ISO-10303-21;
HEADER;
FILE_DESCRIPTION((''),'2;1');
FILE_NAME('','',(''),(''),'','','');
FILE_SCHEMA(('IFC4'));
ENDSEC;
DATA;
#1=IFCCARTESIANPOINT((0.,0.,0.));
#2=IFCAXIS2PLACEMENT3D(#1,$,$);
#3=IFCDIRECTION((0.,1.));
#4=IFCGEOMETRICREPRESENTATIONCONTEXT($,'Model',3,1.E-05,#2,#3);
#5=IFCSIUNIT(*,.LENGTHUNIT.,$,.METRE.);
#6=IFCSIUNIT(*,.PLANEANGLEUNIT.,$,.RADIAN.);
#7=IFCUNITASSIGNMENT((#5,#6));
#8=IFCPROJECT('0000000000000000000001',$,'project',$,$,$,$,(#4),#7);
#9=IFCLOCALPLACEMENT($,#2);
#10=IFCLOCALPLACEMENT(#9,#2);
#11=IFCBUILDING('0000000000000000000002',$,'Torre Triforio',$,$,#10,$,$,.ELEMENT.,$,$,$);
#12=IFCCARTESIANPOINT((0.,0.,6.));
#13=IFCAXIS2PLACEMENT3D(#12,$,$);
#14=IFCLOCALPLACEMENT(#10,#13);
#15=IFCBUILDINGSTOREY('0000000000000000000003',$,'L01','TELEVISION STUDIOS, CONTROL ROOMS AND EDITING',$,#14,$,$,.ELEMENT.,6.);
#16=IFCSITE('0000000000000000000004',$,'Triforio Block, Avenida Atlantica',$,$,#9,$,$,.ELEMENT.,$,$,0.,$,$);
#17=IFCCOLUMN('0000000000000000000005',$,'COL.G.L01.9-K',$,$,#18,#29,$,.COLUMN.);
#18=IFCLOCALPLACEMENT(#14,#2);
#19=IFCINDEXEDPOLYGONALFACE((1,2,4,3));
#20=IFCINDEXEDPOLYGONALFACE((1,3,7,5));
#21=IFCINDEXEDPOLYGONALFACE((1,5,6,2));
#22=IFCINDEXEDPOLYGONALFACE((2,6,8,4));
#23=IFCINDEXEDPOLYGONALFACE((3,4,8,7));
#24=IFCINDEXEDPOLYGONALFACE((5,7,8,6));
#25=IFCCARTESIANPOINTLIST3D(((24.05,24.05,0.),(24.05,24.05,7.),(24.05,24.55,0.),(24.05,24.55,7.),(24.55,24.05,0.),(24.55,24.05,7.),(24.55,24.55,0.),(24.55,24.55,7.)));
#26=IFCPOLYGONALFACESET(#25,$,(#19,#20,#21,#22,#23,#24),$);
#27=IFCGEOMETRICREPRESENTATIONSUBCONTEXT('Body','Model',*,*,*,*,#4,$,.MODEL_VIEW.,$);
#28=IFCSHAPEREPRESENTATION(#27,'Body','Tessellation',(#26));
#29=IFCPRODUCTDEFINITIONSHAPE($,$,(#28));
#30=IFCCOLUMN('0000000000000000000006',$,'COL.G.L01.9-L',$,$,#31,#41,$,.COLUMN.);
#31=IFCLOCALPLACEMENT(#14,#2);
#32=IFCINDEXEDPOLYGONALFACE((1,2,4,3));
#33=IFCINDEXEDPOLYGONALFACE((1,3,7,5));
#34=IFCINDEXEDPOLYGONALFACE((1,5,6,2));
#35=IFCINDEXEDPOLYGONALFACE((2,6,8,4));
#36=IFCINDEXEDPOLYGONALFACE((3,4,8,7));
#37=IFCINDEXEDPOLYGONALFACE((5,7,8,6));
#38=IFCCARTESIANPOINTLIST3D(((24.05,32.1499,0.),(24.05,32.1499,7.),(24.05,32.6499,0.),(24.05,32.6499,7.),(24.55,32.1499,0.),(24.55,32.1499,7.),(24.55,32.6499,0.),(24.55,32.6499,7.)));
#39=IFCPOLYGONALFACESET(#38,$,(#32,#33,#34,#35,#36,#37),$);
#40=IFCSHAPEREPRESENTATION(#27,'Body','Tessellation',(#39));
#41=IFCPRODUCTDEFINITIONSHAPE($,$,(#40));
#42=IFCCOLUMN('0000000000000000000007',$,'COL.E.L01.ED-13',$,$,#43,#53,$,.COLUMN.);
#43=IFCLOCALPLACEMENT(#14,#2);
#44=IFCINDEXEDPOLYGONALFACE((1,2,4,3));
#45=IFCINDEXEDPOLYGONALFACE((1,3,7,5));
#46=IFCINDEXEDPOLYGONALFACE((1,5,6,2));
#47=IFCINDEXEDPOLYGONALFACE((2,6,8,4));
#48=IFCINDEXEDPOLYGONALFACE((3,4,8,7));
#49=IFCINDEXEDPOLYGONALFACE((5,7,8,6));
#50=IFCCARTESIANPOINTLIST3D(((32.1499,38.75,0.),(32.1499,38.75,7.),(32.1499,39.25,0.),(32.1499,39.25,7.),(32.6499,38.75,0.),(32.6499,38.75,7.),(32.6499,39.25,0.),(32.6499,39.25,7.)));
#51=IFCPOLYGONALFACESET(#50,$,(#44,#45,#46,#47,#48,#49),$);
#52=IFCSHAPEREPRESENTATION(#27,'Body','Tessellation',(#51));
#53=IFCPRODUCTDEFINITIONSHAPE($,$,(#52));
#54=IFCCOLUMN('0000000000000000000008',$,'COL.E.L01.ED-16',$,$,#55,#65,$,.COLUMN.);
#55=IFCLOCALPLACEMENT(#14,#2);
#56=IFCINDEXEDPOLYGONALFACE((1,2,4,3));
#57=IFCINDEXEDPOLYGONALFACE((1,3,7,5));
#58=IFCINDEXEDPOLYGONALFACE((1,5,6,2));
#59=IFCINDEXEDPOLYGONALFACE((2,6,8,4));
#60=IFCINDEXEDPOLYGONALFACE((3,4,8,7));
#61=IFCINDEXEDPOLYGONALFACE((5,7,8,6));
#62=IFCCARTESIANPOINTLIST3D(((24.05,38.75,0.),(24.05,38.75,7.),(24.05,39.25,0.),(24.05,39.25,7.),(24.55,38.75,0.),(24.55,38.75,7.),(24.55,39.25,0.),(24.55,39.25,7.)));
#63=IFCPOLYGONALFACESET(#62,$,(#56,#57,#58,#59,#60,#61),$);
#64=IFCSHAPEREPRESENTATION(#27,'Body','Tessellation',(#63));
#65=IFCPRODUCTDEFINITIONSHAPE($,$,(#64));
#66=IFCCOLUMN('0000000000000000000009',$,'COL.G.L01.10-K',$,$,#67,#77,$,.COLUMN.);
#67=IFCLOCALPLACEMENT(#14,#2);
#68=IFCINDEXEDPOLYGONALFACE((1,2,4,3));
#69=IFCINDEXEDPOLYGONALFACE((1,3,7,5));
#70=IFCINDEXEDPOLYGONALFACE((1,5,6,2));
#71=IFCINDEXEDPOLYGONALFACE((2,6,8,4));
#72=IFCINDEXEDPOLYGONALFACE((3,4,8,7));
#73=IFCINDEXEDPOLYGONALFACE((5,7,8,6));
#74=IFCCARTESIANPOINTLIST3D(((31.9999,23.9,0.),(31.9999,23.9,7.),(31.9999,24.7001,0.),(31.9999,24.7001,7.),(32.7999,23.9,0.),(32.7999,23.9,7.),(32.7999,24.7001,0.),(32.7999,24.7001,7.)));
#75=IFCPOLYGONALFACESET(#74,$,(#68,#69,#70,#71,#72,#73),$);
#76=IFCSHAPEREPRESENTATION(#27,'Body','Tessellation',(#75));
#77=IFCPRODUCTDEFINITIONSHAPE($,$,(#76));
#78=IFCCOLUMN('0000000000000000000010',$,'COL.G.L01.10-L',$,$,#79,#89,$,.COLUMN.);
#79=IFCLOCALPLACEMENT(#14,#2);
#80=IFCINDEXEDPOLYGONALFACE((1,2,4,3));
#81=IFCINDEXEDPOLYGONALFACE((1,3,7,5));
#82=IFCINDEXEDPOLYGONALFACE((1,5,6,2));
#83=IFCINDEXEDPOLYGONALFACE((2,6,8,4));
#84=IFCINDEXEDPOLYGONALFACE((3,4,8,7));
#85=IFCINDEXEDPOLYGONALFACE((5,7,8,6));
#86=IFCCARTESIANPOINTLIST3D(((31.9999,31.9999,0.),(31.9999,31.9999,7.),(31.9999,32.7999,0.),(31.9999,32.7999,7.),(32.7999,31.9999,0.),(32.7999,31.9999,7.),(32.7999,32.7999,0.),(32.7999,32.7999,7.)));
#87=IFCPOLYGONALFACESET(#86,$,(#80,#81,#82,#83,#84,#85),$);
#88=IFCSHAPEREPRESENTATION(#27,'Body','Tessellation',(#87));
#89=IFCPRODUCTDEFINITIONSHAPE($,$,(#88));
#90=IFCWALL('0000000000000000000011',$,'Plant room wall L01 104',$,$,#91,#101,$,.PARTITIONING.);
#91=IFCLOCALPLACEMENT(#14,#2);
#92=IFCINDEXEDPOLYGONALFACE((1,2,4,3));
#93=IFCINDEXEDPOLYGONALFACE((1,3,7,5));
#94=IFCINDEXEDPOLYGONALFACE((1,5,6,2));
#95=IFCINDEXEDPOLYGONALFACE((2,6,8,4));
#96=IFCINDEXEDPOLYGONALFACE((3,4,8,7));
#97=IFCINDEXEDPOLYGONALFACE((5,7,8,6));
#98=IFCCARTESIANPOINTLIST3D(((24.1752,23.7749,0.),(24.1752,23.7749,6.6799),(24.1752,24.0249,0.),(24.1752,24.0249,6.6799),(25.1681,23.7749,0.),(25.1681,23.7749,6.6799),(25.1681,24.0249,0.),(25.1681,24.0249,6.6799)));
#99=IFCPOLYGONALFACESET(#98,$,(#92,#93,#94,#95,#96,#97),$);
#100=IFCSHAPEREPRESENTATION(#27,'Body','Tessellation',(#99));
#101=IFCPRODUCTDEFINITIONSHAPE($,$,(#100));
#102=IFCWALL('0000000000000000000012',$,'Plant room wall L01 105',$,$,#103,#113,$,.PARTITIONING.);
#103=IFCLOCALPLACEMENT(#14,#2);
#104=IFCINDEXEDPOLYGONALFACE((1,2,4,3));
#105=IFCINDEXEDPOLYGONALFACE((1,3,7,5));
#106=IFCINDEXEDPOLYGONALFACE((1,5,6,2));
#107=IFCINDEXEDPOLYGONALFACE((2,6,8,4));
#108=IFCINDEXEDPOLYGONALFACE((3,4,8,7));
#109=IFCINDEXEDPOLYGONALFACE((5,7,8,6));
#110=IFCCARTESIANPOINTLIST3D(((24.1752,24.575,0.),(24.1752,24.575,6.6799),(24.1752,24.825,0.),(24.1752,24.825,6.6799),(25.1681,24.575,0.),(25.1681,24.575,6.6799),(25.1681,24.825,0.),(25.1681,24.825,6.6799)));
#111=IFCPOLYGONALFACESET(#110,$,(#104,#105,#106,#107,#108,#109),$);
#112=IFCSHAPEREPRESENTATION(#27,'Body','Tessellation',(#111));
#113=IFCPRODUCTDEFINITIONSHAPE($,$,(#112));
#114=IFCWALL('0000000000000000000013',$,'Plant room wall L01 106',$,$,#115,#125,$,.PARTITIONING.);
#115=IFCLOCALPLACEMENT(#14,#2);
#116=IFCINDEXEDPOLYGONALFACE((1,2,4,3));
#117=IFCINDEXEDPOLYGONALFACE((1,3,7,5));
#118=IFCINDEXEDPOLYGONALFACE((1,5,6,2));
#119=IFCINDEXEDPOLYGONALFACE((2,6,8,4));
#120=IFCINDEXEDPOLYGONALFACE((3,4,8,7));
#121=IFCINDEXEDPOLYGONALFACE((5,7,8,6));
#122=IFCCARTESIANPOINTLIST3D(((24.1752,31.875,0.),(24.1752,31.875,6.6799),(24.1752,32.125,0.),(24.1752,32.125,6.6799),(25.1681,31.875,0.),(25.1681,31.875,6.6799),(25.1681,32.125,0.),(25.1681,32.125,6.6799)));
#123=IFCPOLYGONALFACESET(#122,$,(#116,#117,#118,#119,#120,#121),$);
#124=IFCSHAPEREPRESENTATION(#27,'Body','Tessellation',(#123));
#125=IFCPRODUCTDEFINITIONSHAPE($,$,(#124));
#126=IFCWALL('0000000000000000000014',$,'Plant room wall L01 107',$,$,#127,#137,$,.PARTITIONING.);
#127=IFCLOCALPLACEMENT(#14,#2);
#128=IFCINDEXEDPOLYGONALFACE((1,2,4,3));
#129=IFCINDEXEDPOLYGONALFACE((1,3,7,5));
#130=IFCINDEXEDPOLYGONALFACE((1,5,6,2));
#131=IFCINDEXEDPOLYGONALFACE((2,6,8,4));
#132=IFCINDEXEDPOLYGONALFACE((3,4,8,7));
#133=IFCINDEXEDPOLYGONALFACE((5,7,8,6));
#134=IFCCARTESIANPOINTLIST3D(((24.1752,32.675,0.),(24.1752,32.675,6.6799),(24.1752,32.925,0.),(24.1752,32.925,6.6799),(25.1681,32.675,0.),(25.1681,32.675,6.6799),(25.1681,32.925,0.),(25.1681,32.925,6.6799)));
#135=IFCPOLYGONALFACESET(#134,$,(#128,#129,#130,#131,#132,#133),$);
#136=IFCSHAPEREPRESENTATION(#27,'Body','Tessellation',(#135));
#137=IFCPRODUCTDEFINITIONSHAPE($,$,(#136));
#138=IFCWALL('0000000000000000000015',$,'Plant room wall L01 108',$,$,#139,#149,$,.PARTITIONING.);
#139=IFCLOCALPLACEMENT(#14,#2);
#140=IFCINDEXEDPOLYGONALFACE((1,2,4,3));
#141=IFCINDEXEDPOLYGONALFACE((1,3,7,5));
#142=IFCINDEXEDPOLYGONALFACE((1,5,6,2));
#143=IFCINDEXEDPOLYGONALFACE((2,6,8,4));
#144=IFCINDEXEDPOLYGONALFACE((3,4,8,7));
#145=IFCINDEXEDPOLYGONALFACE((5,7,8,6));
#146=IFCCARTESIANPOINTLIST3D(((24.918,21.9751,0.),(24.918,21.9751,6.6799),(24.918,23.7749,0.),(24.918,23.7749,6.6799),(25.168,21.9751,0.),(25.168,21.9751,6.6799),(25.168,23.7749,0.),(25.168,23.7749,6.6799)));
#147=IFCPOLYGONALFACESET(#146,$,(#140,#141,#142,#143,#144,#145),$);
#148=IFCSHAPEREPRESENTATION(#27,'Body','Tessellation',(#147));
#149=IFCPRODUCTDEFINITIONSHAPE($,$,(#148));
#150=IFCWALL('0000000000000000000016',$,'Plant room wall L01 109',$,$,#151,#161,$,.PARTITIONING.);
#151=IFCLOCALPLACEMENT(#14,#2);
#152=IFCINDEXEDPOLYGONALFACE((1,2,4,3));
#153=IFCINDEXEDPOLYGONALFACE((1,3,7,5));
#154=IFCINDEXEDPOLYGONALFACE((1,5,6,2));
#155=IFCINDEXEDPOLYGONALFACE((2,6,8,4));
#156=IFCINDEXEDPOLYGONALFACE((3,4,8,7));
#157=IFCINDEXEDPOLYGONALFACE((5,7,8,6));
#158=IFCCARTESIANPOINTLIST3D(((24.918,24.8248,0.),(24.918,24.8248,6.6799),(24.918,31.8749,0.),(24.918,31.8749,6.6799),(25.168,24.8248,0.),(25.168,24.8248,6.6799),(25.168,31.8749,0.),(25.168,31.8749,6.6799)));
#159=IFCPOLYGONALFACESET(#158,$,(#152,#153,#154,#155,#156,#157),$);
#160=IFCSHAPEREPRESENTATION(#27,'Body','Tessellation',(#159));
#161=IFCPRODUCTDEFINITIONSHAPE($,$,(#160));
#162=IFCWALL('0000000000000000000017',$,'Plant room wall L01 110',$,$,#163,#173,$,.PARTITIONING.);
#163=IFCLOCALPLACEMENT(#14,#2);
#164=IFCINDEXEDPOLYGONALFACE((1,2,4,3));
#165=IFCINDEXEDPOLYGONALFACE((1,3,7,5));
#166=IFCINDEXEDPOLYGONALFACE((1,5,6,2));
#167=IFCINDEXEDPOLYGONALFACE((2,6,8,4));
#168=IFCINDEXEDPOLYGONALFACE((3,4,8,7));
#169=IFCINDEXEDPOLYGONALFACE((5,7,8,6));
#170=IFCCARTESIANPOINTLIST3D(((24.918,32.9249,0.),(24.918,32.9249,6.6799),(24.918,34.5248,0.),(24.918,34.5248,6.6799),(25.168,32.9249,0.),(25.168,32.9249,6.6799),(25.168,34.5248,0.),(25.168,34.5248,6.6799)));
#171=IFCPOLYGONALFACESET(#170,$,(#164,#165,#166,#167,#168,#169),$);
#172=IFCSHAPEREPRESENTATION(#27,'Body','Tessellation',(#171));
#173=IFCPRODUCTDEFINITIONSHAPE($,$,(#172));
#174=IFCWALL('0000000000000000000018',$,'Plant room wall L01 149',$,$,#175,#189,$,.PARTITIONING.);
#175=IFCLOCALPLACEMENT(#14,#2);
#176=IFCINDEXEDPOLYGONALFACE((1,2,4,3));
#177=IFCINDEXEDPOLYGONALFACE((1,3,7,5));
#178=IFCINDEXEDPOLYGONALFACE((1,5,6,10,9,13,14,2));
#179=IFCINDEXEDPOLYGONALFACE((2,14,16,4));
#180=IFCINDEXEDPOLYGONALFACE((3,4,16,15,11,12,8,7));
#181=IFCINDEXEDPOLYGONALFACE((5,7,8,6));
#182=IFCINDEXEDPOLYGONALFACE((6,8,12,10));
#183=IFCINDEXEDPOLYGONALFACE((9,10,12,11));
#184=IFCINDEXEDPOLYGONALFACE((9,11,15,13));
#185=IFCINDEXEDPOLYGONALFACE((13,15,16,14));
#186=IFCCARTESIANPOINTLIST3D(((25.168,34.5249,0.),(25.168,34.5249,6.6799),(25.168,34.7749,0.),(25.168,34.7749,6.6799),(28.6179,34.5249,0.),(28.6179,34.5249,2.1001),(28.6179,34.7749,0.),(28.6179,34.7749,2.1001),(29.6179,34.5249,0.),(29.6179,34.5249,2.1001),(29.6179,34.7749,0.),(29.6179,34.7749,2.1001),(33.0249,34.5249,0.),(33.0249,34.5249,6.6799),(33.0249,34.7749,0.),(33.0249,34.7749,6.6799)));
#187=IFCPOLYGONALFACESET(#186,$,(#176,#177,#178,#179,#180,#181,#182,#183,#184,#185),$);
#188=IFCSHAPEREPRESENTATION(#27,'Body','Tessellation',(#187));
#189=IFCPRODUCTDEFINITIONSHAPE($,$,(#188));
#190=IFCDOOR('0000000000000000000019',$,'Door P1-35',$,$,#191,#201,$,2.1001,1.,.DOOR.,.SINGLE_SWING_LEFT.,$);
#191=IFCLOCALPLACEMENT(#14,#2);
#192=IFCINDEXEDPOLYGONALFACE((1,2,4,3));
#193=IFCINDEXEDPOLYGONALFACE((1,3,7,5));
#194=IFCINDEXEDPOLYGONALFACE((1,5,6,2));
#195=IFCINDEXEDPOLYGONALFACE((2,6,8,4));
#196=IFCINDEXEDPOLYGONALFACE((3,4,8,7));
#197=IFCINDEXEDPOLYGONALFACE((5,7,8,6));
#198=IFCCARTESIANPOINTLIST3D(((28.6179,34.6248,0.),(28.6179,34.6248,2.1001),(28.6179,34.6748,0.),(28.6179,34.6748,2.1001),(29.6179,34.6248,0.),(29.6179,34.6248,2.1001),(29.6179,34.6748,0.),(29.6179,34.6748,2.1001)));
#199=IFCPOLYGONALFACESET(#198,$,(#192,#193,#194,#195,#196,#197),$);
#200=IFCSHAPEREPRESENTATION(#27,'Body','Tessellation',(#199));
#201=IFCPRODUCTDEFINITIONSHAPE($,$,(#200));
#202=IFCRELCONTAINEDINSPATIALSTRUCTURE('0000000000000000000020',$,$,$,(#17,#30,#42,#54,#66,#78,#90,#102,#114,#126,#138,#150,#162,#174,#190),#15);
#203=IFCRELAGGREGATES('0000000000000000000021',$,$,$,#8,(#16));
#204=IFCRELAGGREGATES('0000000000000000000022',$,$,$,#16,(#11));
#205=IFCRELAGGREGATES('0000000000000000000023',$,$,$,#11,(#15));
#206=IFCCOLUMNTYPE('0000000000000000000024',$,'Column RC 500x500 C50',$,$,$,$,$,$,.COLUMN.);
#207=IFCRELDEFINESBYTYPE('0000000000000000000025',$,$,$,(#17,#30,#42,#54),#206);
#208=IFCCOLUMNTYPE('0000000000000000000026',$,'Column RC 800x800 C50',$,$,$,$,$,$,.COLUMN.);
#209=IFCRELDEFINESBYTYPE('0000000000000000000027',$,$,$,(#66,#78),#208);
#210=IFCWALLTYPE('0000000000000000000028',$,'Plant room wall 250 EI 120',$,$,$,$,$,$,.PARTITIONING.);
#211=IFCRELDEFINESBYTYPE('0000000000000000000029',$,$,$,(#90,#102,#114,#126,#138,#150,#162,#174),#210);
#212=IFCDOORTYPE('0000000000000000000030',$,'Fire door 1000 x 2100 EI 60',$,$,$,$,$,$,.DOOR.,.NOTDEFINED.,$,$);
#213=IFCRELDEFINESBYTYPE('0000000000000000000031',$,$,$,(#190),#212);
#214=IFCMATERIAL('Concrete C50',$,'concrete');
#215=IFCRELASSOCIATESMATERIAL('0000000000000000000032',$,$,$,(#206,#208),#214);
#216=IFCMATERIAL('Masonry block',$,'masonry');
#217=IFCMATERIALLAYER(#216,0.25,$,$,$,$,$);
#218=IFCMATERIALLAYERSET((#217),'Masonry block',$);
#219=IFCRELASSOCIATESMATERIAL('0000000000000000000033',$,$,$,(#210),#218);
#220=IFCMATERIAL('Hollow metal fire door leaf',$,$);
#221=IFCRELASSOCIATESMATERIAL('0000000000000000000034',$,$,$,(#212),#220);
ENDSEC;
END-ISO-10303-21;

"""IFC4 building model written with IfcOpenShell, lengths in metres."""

from ifc_helpers import new_model, si_unit, direction, frame, frame_2d, origin, origin_2d, place, context, subcontext, project, spatial, rectangle, extrude, material, layer, layer_set, material_profile, profile_set, type_object, element, fill, save


model = new_model("IFC4")

# Units and contexts
model_context = context("Model", 3, precision=1e-05, world=origin(), true_north=direction((0.0, 1.0)))
body_context = subcontext(model_context, "Body", "Model", "MODEL_VIEW")
ifc_project = project(units=[si_unit("LENGTHUNIT", "METRE"), si_unit("PLANEANGLEUNIT", "RADIAN")], contexts=[model_context])

# Site, building, storey
site_placement = place(None, origin())
site = spatial("IfcSite", under=ifc_project, at=site_placement, Name="Triforio Block, Avenida Atlantica", CompositionType="ELEMENT", RefElevation=0.0)
building_placement = place(site_placement, origin())
building = spatial("IfcBuilding", under=site, at=building_placement, Name="Torre Triforio", CompositionType="ELEMENT")
storey_placement = place(building_placement, frame((0.0, 0.0, 6.0)))
storey = spatial("IfcBuildingStorey", under=building, at=storey_placement, Name="L01", Description="TELEVISION STUDIOS, CONTROL ROOMS AND EDITING", CompositionType="ELEMENT", Elevation=6.0)

# Columns
ifc_material_1 = material(Name="Concrete C50", Category="concrete")
ifc_material_profile_1 = material_profile(ifc_material_1, rectangle(XDim=0.5, YDim=0.5, at=origin_2d()), Name="RC 500x500")
ifc_profile_set_1 = profile_set([ifc_material_profile_1], Name="Concrete C50")
column_type_1 = type_object("IfcColumnType", Name="Column RC 500x500 C50", PredefinedType="COLUMN", material=ifc_profile_set_1)
for number, where, z_axis, x_axis, name in (
    (1, (24.3, 24.3, 0.0), (0.0, 0.0, 1.0), (1.0, 0.0, 0.0), "COL.G.L01.9-K"),
    (2, (24.3, 32.3999, 0.0), (0.0, 0.0, 1.0), (1.0, 0.0, 0.0), "COL.G.L01.9-L"),
    (3, (32.3999, 39.0, 0.0), (0.0, 0.0, 1.0), (1.0, 0.0, 0.0), "COL.E.L01.ED-13"),
    (4, (24.3, 39.0, 0.0), (0.0, 0.0, 1.0), (1.0, 0.0, 0.0), "COL.E.L01.ED-16"),
):
    element("IfcColumn", number, at=place(storey_placement, frame(where, z_axis=z_axis, x_axis=x_axis)), inside=storey, type_object=column_type_1, Name=name, PredefinedType="COLUMN", context=body_context, shape_type="SweptSolid", body=[
        extrude(rectangle(XDim=0.5, YDim=0.5, at=origin_2d()), origin(), (0.0, 0.0, 1.0), 7.0),
    ])
ifc_material_profile_2 = material_profile(ifc_material_1, rectangle(XDim=0.8, YDim=0.8, at=origin_2d()), Name="RC 800x800")
ifc_profile_set_2 = profile_set([ifc_material_profile_2], Name="Concrete C50")
column_type_2 = type_object("IfcColumnType", Name="Column RC 800x800 C50", PredefinedType="COLUMN", material=ifc_profile_set_2)
for number, where, z_axis, x_axis, name in (
    (5, (32.3999, 24.3, 0.0), (0.0, 0.0, 1.0), (1.0, 0.0, 0.0), "COL.G.L01.10-K"),
    (6, (32.3999, 32.3999, 0.0), (0.0, 0.0, 1.0), (1.0, 0.0, 0.0), "COL.G.L01.10-L"),
):
    element("IfcColumn", number, at=place(storey_placement, frame(where, z_axis=z_axis, x_axis=x_axis)), inside=storey, type_object=column_type_2, Name=name, PredefinedType="COLUMN", context=body_context, shape_type="SweptSolid", body=[
        extrude(rectangle(XDim=0.8, YDim=0.8, at=origin_2d()), origin(), (0.0, 0.0, 1.0), 7.0),
    ])

# Walls
ifc_material_2 = material(Name="Masonry block", Category="masonry")
ifc_layer_1 = layer(ifc_material_2, 0.25)
ifc_layer_set_1 = layer_set([ifc_layer_1], Name="Masonry block")
wall_type_1 = type_object("IfcWallType", Name="Plant room wall 250 EI 120", PredefinedType="PARTITIONING", material=ifc_layer_set_1)
for number, where, z_axis, x_axis, name in (
    (7, (24.175, 23.8999, 0.0), (0.0, 0.0, 1.0), (1.0, 0.0, 0.0), "Plant room wall L01 104"),
    (8, (24.175, 24.7, 0.0), (0.0, 0.0, 1.0), (1.0, 0.0, 0.0), "Plant room wall L01 105"),
    (9, (24.175, 32.0, 0.0), (0.0, 0.0, 1.0), (1.0, 0.0, 0.0), "Plant room wall L01 106"),
    (10, (24.175, 32.8, 0.0), (0.0, 0.0, 1.0), (1.0, 0.0, 0.0), "Plant room wall L01 107"),
):
    element("IfcWall", number, at=place(storey_placement, frame(where, z_axis=z_axis, x_axis=x_axis)), inside=storey, type_object=wall_type_1, Name=name, PredefinedType="PARTITIONING", context=body_context, shape_type="SweptSolid", body=[
        extrude(rectangle(XDim=0.9929, YDim=0.25, at=frame_2d((0.4966, 0.0))), origin(), (0.0, 0.0, 1.0), 6.6799),
    ])
wall_1_placement = place(storey_placement, frame((25.043, 21.9751, 0.0), z_axis=(0.0, 0.0, 1.0), x_axis=(0.0, 1.0, 0.0)))
element("IfcWall", 11, at=wall_1_placement, inside=storey, type_object=wall_type_1, Name="Plant room wall L01 108", PredefinedType="PARTITIONING", context=body_context, shape_type="SweptSolid", body=[
    extrude(rectangle(XDim=1.7998, YDim=0.25, at=frame_2d((0.8999, 0.0))), origin(), (0.0, 0.0, 1.0), 6.6799),
])
wall_2_placement = place(storey_placement, frame((25.043, 24.825, 0.0), z_axis=(0.0, 0.0, 1.0), x_axis=(0.0, 1.0, 0.0)))
element("IfcWall", 12, at=wall_2_placement, inside=storey, type_object=wall_type_1, Name="Plant room wall L01 109", PredefinedType="PARTITIONING", context=body_context, shape_type="SweptSolid", body=[
    extrude(rectangle(XDim=7.05, YDim=0.25, at=frame_2d((3.5249, 0.0))), origin(), (0.0, 0.0, 1.0), 6.6799),
])
wall_3_placement = place(storey_placement, frame((25.043, 32.925, 0.0), z_axis=(0.0, 0.0, 1.0), x_axis=(0.0, 1.0, 0.0)))
element("IfcWall", 13, at=wall_3_placement, inside=storey, type_object=wall_type_1, Name="Plant room wall L01 110", PredefinedType="PARTITIONING", context=body_context, shape_type="SweptSolid", body=[
    extrude(rectangle(XDim=1.5999, YDim=0.25, at=frame_2d((0.7998, 0.0))), origin(), (0.0, 0.0, 1.0), 6.6799),
])

# Wall, opening, door
wall_4_placement = place(storey_placement, frame((25.168, 34.6499, 0.0), z_axis=(0.0, 0.0, 1.0), x_axis=(1.0, 0.0, 0.0)))
wall_4 = element("IfcWall", 14, at=wall_4_placement, inside=storey, type_object=wall_type_1, Name="Plant room wall L01 149", PredefinedType="PARTITIONING", context=body_context, shape_type="SweptSolid", body=[
    extrude(rectangle(XDim=7.8569, YDim=0.25, at=frame_2d((3.9285, 0.0))), origin(), (0.0, 0.0, 1.0), 6.6799),
])
opening_1_placement = place(wall_4_placement, frame((3.45, 0.0, 0.0)))
opening_1 = element("IfcOpeningElement", 15, at=opening_1_placement, cuts=wall_4, PredefinedType="OPENING", context=body_context, shape_type="SweptSolid", body=[
    extrude(rectangle(XDim=1.0, YDim=2.1001, at=frame_2d((0.5, 1.05))), frame((0.0, 0.135, 0.0), z_axis=(0.0, -1.0, 0.0), x_axis=(1.0, 0.0, 0.0)), (0.0, 0.0, 1.0), 0.27),
])
ifc_material_3 = material(Name="Hollow metal fire door leaf")
door_type = type_object("IfcDoorType", Name="Fire door 1000 x 2100 EI 60", OperationType="NOTDEFINED", PredefinedType="DOOR", material=ifc_material_3)
door_placement = place(opening_1_placement, origin())
door = element("IfcDoor", 16, at=door_placement, inside=storey, type_object=door_type, Name="Door P1-35", OperationType="SINGLE_SWING_LEFT", OverallHeight=2.1001, OverallWidth=1.0, PredefinedType="DOOR", context=body_context, shape_type="SweptSolid", body=[
    extrude(rectangle(XDim=1.0, YDim=2.1001, at=frame_2d((0.5, 1.05))), frame((0.0, 0.0249, 0.0), z_axis=(0.0, -1.0, 0.0), x_axis=(1.0, 0.0, 0.0)), (0.0, 0.0, 1.0), 0.05),
])
fill(opening_1, door)

save(model, "model.ifc")
